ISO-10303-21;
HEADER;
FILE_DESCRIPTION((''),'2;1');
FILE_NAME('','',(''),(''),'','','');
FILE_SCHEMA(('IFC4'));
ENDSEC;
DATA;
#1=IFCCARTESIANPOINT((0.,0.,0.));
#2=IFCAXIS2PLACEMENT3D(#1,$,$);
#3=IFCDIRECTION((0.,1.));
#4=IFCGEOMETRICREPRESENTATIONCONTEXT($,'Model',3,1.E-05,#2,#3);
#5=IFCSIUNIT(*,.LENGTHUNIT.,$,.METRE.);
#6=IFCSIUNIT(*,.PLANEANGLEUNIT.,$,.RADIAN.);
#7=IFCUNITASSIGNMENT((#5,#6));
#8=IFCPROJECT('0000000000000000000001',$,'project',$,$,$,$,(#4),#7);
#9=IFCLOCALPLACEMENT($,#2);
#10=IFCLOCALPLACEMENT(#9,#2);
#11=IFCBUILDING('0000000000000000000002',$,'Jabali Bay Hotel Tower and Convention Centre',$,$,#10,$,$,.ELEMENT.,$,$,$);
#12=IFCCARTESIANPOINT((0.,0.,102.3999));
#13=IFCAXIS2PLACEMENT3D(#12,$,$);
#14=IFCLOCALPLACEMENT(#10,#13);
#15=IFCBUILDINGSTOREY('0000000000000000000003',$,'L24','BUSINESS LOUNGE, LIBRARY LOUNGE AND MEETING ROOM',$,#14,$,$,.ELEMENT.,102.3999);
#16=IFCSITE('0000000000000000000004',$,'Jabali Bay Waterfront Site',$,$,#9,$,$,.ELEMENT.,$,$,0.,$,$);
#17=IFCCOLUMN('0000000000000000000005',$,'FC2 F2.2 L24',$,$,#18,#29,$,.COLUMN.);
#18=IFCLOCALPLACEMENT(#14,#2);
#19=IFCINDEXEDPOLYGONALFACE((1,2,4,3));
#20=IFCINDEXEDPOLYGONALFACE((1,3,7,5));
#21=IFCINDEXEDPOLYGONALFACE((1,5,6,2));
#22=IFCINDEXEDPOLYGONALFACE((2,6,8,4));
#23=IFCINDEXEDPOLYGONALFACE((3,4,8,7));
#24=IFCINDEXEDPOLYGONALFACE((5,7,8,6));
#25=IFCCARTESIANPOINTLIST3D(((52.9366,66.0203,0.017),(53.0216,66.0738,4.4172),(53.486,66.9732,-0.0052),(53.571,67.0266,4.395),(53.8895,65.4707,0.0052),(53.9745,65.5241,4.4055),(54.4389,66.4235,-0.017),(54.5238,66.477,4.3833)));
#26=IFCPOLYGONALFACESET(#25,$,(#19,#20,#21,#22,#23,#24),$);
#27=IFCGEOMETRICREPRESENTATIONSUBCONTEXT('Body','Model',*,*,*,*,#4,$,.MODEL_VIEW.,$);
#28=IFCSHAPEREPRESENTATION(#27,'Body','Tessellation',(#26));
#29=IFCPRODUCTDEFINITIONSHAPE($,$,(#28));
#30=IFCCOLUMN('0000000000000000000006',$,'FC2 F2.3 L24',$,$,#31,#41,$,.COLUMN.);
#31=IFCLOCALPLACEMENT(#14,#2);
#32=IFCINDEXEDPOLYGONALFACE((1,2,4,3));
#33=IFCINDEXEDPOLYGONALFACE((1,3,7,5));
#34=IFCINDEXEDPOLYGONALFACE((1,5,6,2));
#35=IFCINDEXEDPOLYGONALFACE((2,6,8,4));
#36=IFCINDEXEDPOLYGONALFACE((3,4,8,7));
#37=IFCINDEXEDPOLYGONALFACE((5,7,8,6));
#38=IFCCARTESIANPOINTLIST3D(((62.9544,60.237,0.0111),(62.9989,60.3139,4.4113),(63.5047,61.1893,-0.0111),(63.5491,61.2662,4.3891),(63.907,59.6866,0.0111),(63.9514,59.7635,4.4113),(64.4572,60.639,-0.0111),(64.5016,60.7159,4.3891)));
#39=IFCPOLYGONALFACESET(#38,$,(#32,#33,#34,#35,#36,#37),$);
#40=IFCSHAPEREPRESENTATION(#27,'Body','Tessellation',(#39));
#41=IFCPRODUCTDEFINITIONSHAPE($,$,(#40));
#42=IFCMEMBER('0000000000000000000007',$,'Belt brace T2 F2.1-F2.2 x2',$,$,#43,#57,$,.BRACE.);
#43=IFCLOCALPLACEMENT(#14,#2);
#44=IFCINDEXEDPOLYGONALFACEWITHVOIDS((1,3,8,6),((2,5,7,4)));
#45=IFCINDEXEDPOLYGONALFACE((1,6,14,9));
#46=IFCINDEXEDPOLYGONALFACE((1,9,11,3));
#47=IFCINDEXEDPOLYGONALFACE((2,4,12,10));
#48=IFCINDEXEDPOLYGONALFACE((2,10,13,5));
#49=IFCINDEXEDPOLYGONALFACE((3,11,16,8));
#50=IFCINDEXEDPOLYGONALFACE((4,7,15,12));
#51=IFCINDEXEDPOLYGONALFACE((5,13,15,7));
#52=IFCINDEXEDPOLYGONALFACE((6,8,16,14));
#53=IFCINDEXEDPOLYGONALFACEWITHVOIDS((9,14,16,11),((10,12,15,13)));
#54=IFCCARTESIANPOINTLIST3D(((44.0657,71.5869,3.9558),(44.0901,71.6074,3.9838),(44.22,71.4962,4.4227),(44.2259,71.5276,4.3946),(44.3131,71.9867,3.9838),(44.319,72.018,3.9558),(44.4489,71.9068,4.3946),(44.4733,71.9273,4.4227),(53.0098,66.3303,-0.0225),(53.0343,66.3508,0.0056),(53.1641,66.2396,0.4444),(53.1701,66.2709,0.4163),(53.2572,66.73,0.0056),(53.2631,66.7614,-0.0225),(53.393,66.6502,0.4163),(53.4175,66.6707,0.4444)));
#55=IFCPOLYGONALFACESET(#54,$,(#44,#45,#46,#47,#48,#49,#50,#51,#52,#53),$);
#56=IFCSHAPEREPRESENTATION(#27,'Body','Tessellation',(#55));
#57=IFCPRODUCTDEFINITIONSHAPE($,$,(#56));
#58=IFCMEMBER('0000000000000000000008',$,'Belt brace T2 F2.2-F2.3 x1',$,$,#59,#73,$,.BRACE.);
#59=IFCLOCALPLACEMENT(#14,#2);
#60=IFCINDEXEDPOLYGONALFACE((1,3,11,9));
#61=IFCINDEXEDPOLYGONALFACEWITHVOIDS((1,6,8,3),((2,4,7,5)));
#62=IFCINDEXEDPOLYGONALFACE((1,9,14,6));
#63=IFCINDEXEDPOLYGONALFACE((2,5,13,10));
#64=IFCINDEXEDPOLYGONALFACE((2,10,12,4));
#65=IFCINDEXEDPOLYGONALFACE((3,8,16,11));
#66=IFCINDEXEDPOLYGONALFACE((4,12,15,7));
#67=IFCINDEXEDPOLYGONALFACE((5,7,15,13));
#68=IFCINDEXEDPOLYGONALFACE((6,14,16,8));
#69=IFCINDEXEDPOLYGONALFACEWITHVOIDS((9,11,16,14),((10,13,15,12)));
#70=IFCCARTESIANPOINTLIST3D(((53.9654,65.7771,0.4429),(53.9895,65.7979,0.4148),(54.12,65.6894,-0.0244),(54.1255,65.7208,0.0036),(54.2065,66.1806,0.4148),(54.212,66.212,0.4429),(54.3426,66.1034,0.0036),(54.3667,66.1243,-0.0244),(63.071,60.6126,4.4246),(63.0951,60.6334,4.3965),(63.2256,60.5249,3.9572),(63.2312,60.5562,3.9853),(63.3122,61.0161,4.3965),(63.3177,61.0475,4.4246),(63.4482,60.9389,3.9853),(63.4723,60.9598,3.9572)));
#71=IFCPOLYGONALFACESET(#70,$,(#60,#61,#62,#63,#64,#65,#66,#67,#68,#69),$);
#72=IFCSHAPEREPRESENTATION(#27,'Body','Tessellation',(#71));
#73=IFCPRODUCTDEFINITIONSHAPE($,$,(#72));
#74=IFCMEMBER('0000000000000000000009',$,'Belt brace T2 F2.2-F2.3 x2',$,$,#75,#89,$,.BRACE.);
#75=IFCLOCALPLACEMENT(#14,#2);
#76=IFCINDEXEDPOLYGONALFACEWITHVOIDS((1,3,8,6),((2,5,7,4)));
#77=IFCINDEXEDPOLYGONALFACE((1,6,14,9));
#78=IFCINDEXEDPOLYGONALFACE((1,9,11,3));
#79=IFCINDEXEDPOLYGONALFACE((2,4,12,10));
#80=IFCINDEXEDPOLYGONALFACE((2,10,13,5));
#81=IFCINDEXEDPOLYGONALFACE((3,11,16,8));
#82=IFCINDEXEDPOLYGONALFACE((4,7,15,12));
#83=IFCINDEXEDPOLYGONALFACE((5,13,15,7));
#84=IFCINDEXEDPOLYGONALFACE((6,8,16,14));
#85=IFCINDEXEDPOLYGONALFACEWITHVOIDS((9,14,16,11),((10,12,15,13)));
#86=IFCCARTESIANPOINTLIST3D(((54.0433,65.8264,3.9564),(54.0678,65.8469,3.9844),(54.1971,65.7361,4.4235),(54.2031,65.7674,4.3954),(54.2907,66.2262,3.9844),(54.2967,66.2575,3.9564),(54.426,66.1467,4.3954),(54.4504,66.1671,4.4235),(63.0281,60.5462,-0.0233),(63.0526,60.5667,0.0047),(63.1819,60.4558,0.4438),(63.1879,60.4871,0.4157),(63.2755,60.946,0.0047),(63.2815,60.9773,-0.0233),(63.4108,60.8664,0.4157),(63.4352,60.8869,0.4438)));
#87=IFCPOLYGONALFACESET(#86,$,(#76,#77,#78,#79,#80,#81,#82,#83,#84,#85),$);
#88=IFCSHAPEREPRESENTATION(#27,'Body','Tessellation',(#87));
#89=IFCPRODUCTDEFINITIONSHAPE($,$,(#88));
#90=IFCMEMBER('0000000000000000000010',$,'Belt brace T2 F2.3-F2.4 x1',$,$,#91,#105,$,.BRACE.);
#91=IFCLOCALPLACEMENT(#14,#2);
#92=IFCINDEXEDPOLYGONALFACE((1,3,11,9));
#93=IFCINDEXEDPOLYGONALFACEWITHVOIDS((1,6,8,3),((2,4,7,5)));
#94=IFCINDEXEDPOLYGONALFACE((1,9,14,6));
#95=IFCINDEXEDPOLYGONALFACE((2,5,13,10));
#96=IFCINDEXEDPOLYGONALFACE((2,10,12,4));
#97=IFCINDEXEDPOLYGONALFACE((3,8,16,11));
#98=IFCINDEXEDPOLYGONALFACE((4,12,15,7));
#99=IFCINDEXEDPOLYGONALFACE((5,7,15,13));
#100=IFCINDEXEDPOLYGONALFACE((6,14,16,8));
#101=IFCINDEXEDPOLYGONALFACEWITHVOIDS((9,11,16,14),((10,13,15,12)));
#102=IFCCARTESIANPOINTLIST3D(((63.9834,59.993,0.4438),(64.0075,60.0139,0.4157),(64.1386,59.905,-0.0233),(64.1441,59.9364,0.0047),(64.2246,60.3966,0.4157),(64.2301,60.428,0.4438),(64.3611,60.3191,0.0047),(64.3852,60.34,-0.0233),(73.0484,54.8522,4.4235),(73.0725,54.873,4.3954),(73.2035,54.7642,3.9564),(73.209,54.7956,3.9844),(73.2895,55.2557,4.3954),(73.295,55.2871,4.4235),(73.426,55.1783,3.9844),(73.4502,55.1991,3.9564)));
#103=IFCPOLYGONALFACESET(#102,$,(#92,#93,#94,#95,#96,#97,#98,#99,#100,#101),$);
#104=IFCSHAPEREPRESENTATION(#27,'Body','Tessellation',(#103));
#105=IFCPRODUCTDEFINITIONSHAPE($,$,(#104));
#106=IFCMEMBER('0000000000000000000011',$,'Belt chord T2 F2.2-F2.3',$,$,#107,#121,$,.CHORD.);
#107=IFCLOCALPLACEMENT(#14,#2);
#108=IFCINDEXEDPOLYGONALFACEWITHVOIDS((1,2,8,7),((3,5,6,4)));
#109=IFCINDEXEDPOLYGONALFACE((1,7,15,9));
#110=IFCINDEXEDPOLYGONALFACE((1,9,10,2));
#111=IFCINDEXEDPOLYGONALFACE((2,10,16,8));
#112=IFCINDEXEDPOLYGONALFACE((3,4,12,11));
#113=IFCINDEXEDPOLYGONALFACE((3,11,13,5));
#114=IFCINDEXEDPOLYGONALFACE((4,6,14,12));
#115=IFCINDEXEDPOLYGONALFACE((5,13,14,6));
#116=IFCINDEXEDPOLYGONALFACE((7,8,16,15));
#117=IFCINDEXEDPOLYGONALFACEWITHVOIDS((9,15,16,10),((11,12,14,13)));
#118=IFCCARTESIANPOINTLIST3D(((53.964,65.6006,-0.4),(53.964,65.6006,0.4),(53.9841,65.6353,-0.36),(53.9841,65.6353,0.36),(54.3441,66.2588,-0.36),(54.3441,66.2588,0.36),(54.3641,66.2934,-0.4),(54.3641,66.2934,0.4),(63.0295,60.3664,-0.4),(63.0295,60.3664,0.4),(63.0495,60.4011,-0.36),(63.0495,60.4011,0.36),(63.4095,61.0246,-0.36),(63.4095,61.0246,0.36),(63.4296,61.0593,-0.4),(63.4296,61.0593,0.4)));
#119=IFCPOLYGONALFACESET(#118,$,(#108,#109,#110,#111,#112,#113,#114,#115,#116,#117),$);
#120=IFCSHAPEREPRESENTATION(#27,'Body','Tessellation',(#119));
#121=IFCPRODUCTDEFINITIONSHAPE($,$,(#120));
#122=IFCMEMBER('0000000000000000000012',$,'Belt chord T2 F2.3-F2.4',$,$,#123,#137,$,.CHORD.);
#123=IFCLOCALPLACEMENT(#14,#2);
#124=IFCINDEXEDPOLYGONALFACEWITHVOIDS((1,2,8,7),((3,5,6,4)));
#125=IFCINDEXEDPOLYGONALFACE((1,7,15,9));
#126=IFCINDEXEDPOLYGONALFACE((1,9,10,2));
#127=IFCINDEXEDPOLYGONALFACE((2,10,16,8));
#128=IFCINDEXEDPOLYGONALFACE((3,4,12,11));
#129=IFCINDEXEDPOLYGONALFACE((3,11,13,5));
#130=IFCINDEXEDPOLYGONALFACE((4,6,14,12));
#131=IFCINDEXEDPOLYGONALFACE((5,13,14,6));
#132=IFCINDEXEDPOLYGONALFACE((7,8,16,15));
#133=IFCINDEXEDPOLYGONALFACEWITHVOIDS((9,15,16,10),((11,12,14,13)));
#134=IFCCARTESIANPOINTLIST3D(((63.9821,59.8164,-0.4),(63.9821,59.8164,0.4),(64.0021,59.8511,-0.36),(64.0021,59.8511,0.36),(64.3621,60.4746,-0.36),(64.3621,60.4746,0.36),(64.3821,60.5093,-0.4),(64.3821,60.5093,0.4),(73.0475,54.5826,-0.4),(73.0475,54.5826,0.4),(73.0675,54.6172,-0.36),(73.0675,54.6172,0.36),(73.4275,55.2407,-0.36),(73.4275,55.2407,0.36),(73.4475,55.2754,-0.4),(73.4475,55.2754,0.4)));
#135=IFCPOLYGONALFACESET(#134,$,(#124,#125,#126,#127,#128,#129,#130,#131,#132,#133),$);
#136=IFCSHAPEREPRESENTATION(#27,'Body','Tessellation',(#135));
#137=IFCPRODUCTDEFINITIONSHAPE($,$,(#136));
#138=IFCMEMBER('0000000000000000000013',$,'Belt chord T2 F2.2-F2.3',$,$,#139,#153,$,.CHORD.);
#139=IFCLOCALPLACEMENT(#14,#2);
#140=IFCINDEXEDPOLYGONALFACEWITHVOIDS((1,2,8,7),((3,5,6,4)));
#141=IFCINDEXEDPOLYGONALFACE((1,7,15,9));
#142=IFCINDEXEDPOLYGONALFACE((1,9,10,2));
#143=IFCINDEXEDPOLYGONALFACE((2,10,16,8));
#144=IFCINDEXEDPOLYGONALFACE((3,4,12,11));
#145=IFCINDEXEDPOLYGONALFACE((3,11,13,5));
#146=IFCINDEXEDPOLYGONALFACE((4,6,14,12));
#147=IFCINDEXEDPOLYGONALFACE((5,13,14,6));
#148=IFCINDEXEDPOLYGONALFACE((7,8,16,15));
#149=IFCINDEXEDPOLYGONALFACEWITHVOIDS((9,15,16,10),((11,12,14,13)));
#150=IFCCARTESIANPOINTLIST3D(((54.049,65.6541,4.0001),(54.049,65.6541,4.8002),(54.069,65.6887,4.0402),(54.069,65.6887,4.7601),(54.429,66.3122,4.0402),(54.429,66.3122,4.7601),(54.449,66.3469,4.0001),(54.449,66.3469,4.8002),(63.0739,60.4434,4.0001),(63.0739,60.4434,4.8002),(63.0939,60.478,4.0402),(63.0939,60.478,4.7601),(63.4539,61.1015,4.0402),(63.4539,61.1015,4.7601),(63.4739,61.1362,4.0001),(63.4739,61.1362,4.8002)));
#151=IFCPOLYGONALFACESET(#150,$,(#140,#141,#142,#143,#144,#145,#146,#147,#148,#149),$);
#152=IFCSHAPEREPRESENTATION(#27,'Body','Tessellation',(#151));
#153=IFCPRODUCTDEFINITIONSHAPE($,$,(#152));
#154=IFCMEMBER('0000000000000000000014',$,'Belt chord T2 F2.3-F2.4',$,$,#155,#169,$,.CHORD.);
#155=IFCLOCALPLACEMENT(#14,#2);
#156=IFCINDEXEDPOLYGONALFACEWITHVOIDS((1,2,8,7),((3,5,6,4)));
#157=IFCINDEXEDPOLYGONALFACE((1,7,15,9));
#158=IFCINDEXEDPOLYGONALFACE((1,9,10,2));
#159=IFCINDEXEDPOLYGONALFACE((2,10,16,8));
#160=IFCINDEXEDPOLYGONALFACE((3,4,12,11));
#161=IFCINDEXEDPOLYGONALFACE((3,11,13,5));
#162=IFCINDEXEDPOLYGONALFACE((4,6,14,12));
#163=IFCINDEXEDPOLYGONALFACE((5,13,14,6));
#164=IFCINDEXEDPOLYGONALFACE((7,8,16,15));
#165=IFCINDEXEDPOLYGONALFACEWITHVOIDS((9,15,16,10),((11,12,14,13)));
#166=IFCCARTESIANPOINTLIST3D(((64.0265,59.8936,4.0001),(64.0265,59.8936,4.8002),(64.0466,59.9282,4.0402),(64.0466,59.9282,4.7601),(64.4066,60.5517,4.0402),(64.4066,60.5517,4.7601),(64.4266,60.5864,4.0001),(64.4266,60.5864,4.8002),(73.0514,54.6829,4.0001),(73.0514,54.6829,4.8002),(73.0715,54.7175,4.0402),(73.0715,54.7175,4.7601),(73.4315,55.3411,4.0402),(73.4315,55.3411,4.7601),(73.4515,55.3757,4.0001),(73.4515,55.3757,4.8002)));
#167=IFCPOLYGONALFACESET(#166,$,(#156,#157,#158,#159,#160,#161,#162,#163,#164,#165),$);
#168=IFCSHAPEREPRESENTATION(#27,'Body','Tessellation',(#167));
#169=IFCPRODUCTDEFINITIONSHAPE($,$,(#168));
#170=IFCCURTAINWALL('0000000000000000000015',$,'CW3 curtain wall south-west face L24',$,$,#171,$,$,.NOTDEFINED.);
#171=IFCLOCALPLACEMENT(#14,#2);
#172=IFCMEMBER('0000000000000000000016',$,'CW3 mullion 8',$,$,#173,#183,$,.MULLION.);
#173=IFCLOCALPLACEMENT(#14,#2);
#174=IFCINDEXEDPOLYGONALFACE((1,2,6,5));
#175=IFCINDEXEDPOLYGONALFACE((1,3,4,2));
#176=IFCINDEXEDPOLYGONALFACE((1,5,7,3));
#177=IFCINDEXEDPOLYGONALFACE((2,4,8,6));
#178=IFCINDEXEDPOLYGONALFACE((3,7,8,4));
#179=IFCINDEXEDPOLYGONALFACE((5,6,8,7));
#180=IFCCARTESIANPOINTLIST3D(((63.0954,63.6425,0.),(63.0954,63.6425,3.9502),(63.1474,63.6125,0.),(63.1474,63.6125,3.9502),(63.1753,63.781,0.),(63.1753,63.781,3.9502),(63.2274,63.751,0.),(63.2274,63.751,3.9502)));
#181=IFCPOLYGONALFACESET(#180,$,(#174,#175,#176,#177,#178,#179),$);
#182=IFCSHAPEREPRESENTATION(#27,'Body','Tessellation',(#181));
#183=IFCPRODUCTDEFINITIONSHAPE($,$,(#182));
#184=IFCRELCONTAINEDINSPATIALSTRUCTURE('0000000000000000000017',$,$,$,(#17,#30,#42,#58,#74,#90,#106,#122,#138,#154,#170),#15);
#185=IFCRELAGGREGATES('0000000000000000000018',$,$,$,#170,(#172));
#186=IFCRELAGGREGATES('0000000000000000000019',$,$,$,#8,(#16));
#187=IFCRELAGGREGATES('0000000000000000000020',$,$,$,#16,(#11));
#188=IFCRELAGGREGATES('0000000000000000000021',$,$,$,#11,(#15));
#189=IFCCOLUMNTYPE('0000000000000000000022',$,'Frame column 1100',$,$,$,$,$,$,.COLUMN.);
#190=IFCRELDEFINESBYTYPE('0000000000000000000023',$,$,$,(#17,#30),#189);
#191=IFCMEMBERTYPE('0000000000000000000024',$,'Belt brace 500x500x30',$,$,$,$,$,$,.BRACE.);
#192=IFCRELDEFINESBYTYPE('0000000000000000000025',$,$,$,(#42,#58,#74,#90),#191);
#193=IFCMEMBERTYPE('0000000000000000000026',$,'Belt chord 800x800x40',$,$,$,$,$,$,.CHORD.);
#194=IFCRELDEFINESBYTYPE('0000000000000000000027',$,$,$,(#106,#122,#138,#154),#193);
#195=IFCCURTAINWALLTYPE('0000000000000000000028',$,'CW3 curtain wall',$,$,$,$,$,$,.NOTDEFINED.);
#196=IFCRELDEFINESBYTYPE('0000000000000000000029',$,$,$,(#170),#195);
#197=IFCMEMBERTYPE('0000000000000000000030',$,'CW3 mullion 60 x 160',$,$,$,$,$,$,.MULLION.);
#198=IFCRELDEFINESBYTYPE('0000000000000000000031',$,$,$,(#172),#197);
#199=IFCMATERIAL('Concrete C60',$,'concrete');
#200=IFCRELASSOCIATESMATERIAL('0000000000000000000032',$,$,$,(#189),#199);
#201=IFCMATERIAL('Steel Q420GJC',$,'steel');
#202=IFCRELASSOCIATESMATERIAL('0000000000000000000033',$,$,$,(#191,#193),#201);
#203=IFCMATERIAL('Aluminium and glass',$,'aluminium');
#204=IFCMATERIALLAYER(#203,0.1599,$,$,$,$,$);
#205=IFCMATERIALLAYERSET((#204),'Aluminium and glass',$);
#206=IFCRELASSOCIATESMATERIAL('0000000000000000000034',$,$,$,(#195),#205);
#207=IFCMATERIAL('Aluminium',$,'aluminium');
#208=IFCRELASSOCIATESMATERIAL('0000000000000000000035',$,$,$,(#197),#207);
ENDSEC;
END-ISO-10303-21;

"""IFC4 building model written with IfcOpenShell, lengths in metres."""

from ifc_helpers import new_model, si_unit, direction, frame, origin, origin_2d, place, context, subcontext, project, spatial, rectangle, hollow_rectangle, extrude, material, layer, layer_set, material_profile, profile_set, type_object, element, aggregate, save


model = new_model("IFC4")

# Units and contexts
model_context = context("Model", 3, precision=1e-05, world=origin(), true_north=direction((0.0, 1.0)))
body_context = subcontext(model_context, "Body", "Model", "MODEL_VIEW")
ifc_project = project(units=[si_unit("LENGTHUNIT", "METRE"), si_unit("PLANEANGLEUNIT", "RADIAN")], contexts=[model_context])

# Site, building, storey
site_placement = place(None, origin())
site = spatial("IfcSite", under=ifc_project, at=site_placement, Name="Jabali Bay Waterfront Site", CompositionType="ELEMENT", RefElevation=0.0)
building_placement = place(site_placement, origin())
building = spatial("IfcBuilding", under=site, at=building_placement, Name="Jabali Bay Hotel Tower and Convention Centre", CompositionType="ELEMENT")
storey_placement = place(building_placement, frame((0.0, 0.0, 102.3999)))
storey = spatial("IfcBuildingStorey", under=building, at=storey_placement, Name="L24", Description="BUSINESS LOUNGE, LIBRARY LOUNGE AND MEETING ROOM", CompositionType="ELEMENT", Elevation=102.3999)

# Columns
ifc_material_1 = material(Name="Concrete C60", Category="concrete")
ifc_material_profile_1 = material_profile(ifc_material_1, rectangle(XDim=1.1001, YDim=1.1001, at=origin_2d()), Name="Frame column 1100")
ifc_profile_set_1 = profile_set([ifc_material_profile_1], Name="Concrete C60")
column_type = type_object("IfcColumnType", Name="Frame column 1100", PredefinedType="COLUMN", material=ifc_profile_set_1)
column_1_placement = place(storey_placement, frame((53.6877, 66.2219, 0.0), z_axis=(0.019304, 0.012148, 0.99974), x_axis=(-0.866164, 0.499646, 0.010653)))
element("IfcColumn", 1, at=column_1_placement, inside=storey, type_object=column_type, Name="FC2 F2.2 L24", PredefinedType="COLUMN", context=body_context, shape_type="SweptSolid", body=[
    extrude(rectangle(XDim=1.1001, YDim=1.1001, at=origin_2d()), origin(), (0.0, 0.0, 1.0), 4.4014),
])
column_2_placement = place(storey_placement, frame((63.7058, 60.438, 0.0), z_axis=(0.010096, 0.017474, 0.999796), x_axis=(-0.500177, -0.865688, 0.020181)))
element("IfcColumn", 2, at=column_2_placement, inside=storey, type_object=column_type, Name="FC2 F2.3 L24", PredefinedType="COLUMN", context=body_context, shape_type="SweptSolid", body=[
    extrude(rectangle(XDim=1.1001, YDim=1.1001, at=origin_2d()), origin(), (0.0, 0.0, 1.0), 4.4011),
])

# Members
ifc_material_2 = material(Name="Steel Q420GJC", Category="steel")
ifc_material_profile_2 = material_profile(ifc_material_2, hollow_rectangle(XDim=0.5, YDim=0.5, WallThickness=0.03, at=origin_2d()), Name="Belt brace 500x500x30")
ifc_profile_set_2 = profile_set([ifc_material_profile_2], Name="Steel Q420GJC")
member_type_1 = type_object("IfcMemberType", Name="Belt brace 500x500x30", PredefinedType="BRACE", material=ifc_profile_set_2)
member_1_placement = place(storey_placement, frame((53.2136, 66.5005, 0.2109), z_axis=(-0.804974, 0.473096, 0.358047), x_axis=(-0.506688, -0.86213, 0.0)))
element("IfcMember", 3, at=member_1_placement, inside=storey, type_object=member_type_1, Name="Belt brace T2 F2.1-F2.2 x2", PredefinedType="BRACE", context=body_context, shape_type="SweptSolid", body=[
    extrude(hollow_rectangle(XDim=0.5, YDim=0.5, WallThickness=0.03, at=origin_2d()), origin(), (0.0, 0.0, 1.0), 11.1111),
])
member_2_placement = place(storey_placement, frame((54.166, 65.9507, 0.2092), z_axis=(0.813009, -0.46112, 0.355507), x_axis=(0.493349, 0.869832, 0.0)))
element("IfcMember", 4, at=member_2_placement, inside=storey, type_object=member_type_1, Name="Belt brace T2 F2.2-F2.3 x1", PredefinedType="BRACE", context=body_context, shape_type="SweptSolid", body=[
    extrude(hollow_rectangle(XDim=0.5, YDim=0.5, WallThickness=0.03, at=origin_2d()), origin(), (0.0, 0.0, 1.0), 11.2),
])
member_3_placement = place(storey_placement, frame((63.2317, 60.7166, 0.2102), z_axis=(-0.805413, 0.47333, 0.356748), x_axis=(-0.506668, -0.862141, 0.0)))
element("IfcMember", 5, at=member_3_placement, inside=storey, type_object=member_type_1, Name="Belt brace T2 F2.2-F2.3 x2", PredefinedType="BRACE", context=body_context, shape_type="SweptSolid", body=[
    extrude(hollow_rectangle(XDim=0.5, YDim=0.5, WallThickness=0.03, at=origin_2d()), origin(), (0.0, 0.0, 1.0), 11.1555),
])
member_4_placement = place(storey_placement, frame((64.1843, 60.1665, 0.2102), z_axis=(0.812615, -0.460847, 0.356758), x_axis=(0.493308, 0.869855, 0.0)))
element("IfcMember", 6, at=member_4_placement, inside=storey, type_object=member_type_1, Name="Belt brace T2 F2.3-F2.4 x1", PredefinedType="BRACE", context=body_context, shape_type="SweptSolid", body=[
    extrude(hollow_rectangle(XDim=0.5, YDim=0.5, WallThickness=0.03, at=origin_2d()), origin(), (0.0, 0.0, 1.0), 11.1553),
])
ifc_material_profile_3 = material_profile(ifc_material_2, hollow_rectangle(XDim=0.8, YDim=0.8, WallThickness=0.04, at=origin_2d()), Name="Belt chord 800x800x40")
ifc_profile_set_3 = profile_set([ifc_material_profile_3], Name="Steel Q420GJC")
member_type_2 = type_object("IfcMemberType", Name="Belt chord 800x800x40", PredefinedType="CHORD", material=ifc_profile_set_3)
member_5_placement = place(storey_placement, frame((54.1641, 65.947, 0.0), z_axis=(0.866017, -0.500015, 0.0), x_axis=(0.500015, 0.866017, 0.0)))
element("IfcMember", 7, at=member_5_placement, inside=storey, type_object=member_type_2, Name="Belt chord T2 F2.2-F2.3", PredefinedType="CHORD", context=body_context, shape_type="SweptSolid", body=[
    extrude(hollow_rectangle(XDim=0.8, YDim=0.8, WallThickness=0.04, at=origin_2d()), origin(), (0.0, 0.0, 1.0), 10.468),
])
member_6_placement = place(storey_placement, frame((64.1821, 60.1628, 0.0), z_axis=(0.866027, -0.499997, 0.0), x_axis=(0.499997, 0.866027, 0.0)))
element("IfcMember", 8, at=member_6_placement, inside=storey, type_object=member_type_2, Name="Belt chord T2 F2.3-F2.4", PredefinedType="CHORD", context=body_context, shape_type="SweptSolid", body=[
    extrude(hollow_rectangle(XDim=0.8, YDim=0.8, WallThickness=0.04, at=origin_2d()), origin(), (0.0, 0.0, 1.0), 10.4678),
])
for number, where, z_axis, x_axis, name in (
    (9, (54.249, 66.0005, 4.4001), (0.866019, -0.500012, 0.0), (0.500012, 0.866019, 0.0), "Belt chord T2 F2.2-F2.3"),
    (10, (64.2266, 60.24, 4.4001), (0.866019, -0.500012, 0.0), (0.500012, 0.866019, 0.0), "Belt chord T2 F2.3-F2.4"),
):
    element("IfcMember", number, at=place(storey_placement, frame(where, z_axis=z_axis, x_axis=x_axis)), inside=storey, type_object=member_type_2, Name=name, PredefinedType="CHORD", context=body_context, shape_type="SweptSolid", body=[
        extrude(hollow_rectangle(XDim=0.8, YDim=0.8, WallThickness=0.04, at=origin_2d()), origin(), (0.0, 0.0, 1.0), 10.4211),
    ])

# Curtain wall, member
ifc_material_3 = material(Name="Aluminium and glass", Category="aluminium")
ifc_layer_1 = layer(ifc_material_3, 0.1599)
ifc_layer_set_1 = layer_set([ifc_layer_1], Name="Aluminium and glass")
curtain_wall_type = type_object("IfcCurtainWallType", Name="CW3 curtain wall", PredefinedType="NOTDEFINED", material=ifc_layer_set_1)
curtain_wall_placement = place(storey_placement, origin())
curtain_wall = element("IfcCurtainWall", 11, at=curtain_wall_placement, inside=storey, type_object=curtain_wall_type, Name="CW3 curtain wall south-west face L24", PredefinedType="NOTDEFINED")
ifc_material_4 = material(Name="Aluminium", Category="aluminium")
ifc_material_profile_4 = material_profile(ifc_material_4, rectangle(XDim=0.1599, YDim=0.0601, at=origin_2d()), Name="CW3 mullion 60 x 160")
ifc_profile_set_4 = profile_set([ifc_material_profile_4], Name="Aluminium")
member_type_3 = type_object("IfcMemberType", Name="CW3 mullion 60 x 160", PredefinedType="MULLION", material=ifc_profile_set_4)
member_7_placement = place(storey_placement, frame((63.1614, 63.6968, 0.0), z_axis=(0.0, 0.0, 1.0), x_axis=(-0.5, -0.866025, 0.0)))
member_7 = element("IfcMember", 12, at=member_7_placement, type_object=member_type_3, Name="CW3 mullion 8", PredefinedType="MULLION", context=body_context, shape_type="SweptSolid", body=[
    extrude(rectangle(XDim=0.1599, YDim=0.0601, at=origin_2d()), origin(), (0.0, 0.0, 1.0), 3.9502),
])
aggregate(curtain_wall, [member_7])

save(model, "model.ifc")
